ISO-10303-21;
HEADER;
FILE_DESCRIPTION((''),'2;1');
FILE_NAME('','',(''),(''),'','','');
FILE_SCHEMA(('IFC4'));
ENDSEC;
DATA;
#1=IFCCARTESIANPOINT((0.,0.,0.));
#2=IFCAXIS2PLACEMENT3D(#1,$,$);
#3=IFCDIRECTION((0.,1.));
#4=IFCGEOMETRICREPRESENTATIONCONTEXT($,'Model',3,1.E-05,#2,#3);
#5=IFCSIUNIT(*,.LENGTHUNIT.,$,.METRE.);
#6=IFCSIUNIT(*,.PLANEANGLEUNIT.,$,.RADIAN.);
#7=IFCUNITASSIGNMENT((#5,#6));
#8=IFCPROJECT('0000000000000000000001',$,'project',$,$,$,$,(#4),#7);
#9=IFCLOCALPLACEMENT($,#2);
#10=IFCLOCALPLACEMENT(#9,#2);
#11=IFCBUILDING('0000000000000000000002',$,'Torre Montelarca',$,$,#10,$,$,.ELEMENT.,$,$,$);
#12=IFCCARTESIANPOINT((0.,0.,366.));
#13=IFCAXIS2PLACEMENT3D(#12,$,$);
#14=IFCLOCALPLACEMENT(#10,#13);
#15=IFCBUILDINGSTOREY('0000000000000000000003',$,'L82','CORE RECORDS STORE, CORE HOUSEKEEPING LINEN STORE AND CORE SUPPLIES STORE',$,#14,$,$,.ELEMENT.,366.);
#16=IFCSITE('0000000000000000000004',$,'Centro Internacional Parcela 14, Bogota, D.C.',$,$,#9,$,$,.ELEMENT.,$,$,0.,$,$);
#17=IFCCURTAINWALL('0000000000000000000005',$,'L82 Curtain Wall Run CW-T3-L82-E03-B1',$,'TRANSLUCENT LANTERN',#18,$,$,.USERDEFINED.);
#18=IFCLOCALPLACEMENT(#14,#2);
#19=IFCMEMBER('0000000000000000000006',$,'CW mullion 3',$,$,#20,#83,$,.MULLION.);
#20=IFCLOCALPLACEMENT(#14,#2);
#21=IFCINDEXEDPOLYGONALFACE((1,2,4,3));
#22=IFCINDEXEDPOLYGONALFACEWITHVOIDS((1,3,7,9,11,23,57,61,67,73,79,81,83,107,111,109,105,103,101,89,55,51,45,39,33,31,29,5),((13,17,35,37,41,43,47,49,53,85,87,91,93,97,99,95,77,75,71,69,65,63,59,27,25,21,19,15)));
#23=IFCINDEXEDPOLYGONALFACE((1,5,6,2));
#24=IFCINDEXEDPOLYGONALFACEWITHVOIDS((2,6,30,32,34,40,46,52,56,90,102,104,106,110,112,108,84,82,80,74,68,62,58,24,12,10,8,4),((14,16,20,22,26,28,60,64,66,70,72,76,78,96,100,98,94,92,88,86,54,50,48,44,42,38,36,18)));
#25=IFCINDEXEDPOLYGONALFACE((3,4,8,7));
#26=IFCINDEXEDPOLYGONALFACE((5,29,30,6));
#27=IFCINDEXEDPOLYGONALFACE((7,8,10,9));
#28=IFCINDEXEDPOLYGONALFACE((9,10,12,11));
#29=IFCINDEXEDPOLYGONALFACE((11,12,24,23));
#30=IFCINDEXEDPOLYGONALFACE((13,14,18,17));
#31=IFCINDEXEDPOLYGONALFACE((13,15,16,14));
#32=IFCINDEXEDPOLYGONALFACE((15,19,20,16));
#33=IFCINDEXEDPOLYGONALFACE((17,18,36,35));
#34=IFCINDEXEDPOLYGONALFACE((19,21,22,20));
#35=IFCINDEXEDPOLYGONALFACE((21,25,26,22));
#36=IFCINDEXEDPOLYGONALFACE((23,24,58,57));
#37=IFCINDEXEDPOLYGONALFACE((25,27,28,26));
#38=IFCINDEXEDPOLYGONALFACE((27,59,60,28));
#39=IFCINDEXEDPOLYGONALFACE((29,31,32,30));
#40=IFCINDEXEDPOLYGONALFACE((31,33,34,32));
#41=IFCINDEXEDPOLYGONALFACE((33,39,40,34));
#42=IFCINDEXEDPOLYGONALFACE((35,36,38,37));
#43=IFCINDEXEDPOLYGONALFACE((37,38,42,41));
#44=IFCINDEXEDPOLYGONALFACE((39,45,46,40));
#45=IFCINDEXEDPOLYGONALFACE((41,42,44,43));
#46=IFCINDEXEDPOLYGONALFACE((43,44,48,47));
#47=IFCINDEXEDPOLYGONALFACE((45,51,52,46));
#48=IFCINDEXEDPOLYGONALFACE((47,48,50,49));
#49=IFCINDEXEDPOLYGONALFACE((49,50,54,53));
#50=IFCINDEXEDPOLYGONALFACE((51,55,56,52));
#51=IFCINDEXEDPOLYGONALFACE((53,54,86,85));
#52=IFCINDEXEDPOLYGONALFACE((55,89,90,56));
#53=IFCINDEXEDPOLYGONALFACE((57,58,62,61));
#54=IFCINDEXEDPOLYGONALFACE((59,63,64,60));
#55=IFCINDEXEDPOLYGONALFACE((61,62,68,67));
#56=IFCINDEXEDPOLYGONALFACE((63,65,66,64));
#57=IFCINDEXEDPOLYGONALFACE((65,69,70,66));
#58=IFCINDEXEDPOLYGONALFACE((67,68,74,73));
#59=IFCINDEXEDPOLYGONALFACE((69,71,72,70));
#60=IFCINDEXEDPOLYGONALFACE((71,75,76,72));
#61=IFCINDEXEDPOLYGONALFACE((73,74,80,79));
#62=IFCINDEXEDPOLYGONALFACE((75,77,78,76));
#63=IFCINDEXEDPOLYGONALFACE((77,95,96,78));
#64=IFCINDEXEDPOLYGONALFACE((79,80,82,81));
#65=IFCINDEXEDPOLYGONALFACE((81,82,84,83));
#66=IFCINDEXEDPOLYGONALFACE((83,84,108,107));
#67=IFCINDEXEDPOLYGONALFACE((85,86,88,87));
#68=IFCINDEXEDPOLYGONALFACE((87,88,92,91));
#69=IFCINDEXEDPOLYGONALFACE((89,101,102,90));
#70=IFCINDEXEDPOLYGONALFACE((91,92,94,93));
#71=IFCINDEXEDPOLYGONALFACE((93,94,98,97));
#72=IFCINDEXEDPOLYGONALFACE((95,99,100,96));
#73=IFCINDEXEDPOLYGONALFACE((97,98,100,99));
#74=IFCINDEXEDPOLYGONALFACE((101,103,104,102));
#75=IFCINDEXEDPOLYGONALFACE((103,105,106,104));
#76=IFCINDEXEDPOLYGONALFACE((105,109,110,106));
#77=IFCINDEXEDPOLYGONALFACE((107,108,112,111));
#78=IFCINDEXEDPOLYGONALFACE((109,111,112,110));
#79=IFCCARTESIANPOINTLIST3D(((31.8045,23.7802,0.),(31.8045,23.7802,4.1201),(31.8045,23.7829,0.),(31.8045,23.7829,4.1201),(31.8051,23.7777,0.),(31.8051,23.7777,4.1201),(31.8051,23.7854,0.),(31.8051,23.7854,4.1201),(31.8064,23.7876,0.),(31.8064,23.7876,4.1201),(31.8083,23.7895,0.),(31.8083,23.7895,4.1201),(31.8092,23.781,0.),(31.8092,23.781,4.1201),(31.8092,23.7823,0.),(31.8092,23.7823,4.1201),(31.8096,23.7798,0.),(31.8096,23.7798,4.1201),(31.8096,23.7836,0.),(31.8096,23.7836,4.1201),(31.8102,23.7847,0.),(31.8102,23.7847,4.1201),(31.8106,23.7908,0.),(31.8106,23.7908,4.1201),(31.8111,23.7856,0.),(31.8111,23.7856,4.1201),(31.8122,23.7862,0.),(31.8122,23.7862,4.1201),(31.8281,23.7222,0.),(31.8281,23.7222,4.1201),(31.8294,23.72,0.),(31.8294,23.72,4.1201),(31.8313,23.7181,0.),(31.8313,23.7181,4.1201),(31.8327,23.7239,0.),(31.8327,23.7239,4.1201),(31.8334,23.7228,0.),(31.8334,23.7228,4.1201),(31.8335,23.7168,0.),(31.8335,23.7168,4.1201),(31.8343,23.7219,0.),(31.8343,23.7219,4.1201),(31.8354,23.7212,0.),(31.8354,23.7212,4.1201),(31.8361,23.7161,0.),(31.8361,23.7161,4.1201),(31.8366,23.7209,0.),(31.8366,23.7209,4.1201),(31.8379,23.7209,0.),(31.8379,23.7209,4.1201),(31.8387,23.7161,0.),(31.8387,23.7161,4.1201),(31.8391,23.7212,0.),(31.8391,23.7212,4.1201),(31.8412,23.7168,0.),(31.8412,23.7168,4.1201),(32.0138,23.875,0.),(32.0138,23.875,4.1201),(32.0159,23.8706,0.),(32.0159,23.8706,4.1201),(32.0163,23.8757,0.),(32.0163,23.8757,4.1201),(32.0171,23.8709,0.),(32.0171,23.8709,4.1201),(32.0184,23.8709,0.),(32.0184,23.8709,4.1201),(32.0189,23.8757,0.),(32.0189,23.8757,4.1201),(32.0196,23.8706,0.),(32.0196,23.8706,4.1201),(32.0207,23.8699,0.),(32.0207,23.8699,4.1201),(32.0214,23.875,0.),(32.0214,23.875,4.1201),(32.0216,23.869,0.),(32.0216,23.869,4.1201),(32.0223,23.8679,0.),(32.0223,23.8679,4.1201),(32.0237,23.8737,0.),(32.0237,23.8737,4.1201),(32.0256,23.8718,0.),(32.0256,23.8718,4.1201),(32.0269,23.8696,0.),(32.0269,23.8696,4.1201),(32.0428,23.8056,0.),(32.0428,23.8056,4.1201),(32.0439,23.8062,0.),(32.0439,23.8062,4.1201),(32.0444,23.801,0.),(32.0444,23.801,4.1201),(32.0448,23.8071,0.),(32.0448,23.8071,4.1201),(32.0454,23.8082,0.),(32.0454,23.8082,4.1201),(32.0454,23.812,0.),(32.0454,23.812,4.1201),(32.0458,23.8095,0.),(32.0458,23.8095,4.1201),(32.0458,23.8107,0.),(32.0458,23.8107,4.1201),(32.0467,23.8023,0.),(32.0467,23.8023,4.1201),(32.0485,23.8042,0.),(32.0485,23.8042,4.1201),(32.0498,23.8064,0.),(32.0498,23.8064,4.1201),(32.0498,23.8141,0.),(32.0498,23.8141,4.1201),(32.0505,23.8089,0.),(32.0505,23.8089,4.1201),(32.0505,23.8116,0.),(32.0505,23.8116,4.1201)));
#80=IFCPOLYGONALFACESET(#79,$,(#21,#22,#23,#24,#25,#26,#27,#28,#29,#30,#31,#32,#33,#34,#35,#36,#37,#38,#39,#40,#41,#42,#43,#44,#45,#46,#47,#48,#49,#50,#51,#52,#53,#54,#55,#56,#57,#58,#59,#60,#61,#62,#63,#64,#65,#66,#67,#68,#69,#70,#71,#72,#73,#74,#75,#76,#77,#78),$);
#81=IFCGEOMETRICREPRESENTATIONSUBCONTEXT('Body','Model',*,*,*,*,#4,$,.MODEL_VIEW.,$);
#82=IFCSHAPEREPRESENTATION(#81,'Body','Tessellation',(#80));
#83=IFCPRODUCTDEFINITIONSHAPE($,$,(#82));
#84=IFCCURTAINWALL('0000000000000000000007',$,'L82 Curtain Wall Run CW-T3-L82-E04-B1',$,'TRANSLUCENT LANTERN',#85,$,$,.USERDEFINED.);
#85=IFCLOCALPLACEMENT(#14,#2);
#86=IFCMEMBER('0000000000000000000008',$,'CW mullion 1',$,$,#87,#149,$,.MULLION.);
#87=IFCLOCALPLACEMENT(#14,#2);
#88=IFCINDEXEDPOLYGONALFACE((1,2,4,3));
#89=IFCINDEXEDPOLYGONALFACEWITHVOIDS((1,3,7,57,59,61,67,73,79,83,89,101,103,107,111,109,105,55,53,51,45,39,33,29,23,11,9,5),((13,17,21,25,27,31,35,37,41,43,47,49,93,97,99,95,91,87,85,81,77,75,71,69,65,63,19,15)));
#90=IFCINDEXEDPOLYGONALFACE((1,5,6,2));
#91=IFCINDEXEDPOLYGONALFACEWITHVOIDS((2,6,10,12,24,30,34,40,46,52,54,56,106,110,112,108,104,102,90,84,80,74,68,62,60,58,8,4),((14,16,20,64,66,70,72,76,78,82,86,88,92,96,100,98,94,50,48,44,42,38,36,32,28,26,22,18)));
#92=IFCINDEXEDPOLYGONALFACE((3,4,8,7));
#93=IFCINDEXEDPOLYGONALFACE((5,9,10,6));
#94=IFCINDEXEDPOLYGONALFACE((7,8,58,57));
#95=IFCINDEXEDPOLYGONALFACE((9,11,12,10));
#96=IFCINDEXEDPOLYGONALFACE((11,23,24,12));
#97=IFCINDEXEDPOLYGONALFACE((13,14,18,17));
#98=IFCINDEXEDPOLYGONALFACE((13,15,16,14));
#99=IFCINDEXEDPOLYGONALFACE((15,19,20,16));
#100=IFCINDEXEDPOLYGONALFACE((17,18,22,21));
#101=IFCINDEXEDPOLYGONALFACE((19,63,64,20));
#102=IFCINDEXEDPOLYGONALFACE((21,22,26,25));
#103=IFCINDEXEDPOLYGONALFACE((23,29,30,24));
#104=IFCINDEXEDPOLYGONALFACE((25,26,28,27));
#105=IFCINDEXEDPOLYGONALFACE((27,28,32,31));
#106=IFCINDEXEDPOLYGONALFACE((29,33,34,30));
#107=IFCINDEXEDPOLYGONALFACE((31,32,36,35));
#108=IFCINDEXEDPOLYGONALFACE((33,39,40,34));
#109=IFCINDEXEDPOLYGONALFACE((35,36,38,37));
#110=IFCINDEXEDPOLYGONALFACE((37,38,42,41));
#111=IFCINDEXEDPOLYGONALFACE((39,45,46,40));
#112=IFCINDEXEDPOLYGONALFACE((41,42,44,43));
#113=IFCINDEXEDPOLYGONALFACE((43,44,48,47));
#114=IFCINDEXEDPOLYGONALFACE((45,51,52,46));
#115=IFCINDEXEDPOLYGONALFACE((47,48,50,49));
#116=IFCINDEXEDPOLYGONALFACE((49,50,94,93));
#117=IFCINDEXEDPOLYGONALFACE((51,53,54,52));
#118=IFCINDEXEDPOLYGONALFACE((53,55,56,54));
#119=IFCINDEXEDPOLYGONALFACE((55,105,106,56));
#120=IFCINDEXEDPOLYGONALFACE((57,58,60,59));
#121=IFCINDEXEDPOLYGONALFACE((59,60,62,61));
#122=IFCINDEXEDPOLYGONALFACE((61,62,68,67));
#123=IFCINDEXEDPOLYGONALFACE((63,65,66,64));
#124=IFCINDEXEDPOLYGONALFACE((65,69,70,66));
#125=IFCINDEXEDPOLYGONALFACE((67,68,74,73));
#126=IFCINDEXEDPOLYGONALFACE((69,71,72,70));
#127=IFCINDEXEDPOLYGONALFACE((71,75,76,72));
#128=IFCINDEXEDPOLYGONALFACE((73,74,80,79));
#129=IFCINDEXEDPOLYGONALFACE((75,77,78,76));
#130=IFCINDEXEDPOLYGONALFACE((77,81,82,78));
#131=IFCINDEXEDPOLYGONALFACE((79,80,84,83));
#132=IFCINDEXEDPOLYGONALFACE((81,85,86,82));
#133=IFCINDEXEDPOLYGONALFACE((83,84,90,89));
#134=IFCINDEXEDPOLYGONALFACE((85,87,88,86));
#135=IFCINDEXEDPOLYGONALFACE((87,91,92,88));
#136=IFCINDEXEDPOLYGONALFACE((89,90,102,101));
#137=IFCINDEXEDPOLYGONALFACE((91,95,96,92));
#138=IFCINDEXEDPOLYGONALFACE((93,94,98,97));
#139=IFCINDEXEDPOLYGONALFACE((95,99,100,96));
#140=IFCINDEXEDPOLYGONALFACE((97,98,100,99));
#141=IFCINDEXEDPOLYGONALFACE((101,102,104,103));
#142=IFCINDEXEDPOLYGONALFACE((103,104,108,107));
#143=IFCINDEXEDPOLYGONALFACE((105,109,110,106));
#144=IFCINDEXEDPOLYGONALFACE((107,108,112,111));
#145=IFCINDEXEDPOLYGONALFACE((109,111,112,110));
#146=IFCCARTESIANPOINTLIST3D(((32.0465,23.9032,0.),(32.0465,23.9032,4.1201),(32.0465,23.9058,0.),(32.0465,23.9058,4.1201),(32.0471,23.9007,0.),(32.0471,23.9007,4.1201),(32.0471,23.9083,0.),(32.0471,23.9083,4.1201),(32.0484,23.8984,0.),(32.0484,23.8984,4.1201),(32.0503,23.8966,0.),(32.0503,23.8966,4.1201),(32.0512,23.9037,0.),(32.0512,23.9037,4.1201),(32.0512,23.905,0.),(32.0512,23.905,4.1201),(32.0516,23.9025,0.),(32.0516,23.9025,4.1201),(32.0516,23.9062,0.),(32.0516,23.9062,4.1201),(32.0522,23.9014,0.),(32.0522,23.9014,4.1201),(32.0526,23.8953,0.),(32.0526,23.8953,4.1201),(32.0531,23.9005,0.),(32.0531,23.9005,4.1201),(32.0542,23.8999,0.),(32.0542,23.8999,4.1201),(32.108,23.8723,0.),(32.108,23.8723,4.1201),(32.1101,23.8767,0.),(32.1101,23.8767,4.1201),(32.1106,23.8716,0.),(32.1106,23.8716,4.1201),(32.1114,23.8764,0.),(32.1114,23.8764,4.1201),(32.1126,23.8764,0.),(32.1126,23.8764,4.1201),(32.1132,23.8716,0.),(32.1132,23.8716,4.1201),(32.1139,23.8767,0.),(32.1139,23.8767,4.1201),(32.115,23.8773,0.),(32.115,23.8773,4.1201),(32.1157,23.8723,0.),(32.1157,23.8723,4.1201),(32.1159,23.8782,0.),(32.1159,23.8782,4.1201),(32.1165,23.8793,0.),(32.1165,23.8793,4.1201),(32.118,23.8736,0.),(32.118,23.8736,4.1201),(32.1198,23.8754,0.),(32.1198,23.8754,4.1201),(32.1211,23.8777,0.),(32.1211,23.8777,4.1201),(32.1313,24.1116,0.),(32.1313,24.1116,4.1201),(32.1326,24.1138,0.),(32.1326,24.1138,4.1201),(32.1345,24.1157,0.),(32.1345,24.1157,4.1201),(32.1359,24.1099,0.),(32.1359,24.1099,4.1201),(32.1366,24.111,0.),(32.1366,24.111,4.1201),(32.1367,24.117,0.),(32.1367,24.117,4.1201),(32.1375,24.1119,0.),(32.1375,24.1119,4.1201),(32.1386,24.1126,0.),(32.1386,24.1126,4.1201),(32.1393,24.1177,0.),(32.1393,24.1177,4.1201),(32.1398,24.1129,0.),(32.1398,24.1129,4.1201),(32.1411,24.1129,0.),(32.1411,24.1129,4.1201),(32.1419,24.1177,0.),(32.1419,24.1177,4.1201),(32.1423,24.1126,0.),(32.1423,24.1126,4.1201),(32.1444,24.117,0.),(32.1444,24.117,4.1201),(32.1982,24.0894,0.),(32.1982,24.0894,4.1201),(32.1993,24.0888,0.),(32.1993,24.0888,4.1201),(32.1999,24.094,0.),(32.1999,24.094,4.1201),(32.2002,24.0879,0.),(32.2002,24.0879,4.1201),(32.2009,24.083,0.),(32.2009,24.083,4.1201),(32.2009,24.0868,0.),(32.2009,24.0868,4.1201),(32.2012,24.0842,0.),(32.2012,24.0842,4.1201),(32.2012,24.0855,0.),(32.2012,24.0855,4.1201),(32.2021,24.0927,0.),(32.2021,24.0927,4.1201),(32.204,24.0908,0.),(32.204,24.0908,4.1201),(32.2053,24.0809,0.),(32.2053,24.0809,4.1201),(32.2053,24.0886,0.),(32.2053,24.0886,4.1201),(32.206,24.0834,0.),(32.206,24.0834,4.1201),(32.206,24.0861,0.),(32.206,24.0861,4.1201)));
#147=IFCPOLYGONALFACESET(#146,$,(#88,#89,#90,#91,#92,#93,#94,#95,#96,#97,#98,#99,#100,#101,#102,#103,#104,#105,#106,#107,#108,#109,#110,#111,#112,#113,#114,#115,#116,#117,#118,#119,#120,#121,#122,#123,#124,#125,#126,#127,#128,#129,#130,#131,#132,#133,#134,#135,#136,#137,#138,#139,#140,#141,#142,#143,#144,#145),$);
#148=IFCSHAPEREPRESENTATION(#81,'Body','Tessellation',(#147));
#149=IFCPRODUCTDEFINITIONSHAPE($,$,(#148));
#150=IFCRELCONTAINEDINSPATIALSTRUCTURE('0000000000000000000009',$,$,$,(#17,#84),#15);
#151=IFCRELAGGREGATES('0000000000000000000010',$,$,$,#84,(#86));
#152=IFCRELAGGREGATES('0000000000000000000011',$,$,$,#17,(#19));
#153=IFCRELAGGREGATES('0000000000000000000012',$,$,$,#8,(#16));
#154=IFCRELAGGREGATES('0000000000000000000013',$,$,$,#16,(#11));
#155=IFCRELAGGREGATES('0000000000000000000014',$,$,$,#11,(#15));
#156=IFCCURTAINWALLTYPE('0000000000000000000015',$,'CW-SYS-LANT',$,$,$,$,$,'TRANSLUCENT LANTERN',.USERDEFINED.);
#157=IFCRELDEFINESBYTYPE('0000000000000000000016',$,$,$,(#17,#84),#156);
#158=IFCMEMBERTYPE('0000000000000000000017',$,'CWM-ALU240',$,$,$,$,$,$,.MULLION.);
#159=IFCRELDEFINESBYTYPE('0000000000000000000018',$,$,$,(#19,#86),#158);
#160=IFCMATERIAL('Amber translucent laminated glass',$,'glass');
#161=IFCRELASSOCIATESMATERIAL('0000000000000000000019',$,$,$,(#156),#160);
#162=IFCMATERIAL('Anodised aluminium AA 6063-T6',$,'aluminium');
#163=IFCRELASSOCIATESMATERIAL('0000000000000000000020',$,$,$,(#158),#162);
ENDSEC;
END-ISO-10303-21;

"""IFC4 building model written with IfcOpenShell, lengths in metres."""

from ifc_helpers import new_model, si_unit, direction, frame, origin, origin_2d, place, context, subcontext, project, spatial, hollow_rectangle, extrude, source, transform, mapped, material, material_profile, profile_set, type_object, element, aggregate, save


model = new_model("IFC4")

# Units and contexts
model_context = context("Model", 3, precision=1e-05, world=origin(), true_north=direction((0.0, 1.0)))
body_context = subcontext(model_context, "Body", "Model", "MODEL_VIEW")
ifc_project = project(units=[si_unit("LENGTHUNIT", "METRE"), si_unit("PLANEANGLEUNIT", "RADIAN")], contexts=[model_context])

# Site, building, storey
site_placement = place(None, origin())
site = spatial("IfcSite", under=ifc_project, at=site_placement, Name="Centro Internacional Parcela 14, Bogota, D.C.", CompositionType="ELEMENT", RefElevation=0.0)
building_placement = place(site_placement, origin())
building = spatial("IfcBuilding", under=site, at=building_placement, Name="Torre Montelarca", CompositionType="ELEMENT")
storey_placement = place(building_placement, frame((0.0, 0.0, 366.0)))
storey = spatial("IfcBuildingStorey", under=building, at=storey_placement, Name="L82", Description="CORE RECORDS STORE, CORE HOUSEKEEPING LINEN STORE AND CORE SUPPLIES STORE", CompositionType="ELEMENT", Elevation=366.0)

# Curtain walls, members
ifc_material_1 = material(Name="Amber translucent laminated glass", Category="glass")
curtain_wall_type = type_object("IfcCurtainWallType", Name="CW-SYS-LANT", ElementType="TRANSLUCENT LANTERN", PredefinedType="USERDEFINED", material=ifc_material_1)
curtain_wall_1_placement = place(storey_placement, origin())
curtain_wall_1 = element("IfcCurtainWall", 1, at=curtain_wall_1_placement, inside=storey, type_object=curtain_wall_type, Name="L82 Curtain Wall Run CW-T3-L82-E03-B1", ObjectType="TRANSLUCENT LANTERN", PredefinedType="USERDEFINED")
ifc_material_2 = material(Name="Anodised aluminium AA 6063-T6", Category="aluminium")
ifc_material_profile_1 = material_profile(ifc_material_2, hollow_rectangle(XDim=0.0801, YDim=0.24, WallThickness=0.0049, InnerFilletRadius=0.0049, OuterFilletRadius=0.01, at=origin_2d()), Name="ALU80X240X5", Category="aluminium")
ifc_profile_set_1 = profile_set([ifc_material_profile_1], Name="Anodised aluminium AA 6063-T6")
member_type_1 = type_object("IfcMemberType", Name="CWM-ALU240", PredefinedType="MULLION", material=ifc_profile_set_1)
shared_shape_1 = source(origin(), body_context, "Body", "SweptSolid", [
    extrude(hollow_rectangle(XDim=0.0801, YDim=0.24, WallThickness=0.0049, InnerFilletRadius=0.0049, OuterFilletRadius=0.01, at=origin_2d()), origin(), (0.0, 0.0, 1.0), 4.1201),
])
member_1_placement = place(storey_placement, frame((31.9275, 23.7959, 0.0), z_axis=(0.0, 0.0, 1.0), x_axis=(-0.382683, 0.92388, 0.0)))
member_1 = element("IfcMember", 2, at=member_1_placement, type_object=member_type_1, Name="CW mullion 3", PredefinedType="MULLION", context=body_context, shape_type="MappedRepresentation", body=[
    mapped(shared_shape_1, transform((0.0, 0.0, 0.0), scale=1.0)),
])
curtain_wall_2_placement = place(storey_placement, origin())
curtain_wall_2 = element("IfcCurtainWall", 3, at=curtain_wall_2_placement, inside=storey, type_object=curtain_wall_type, Name="L82 Curtain Wall Run CW-T3-L82-E04-B1", ObjectType="TRANSLUCENT LANTERN", PredefinedType="USERDEFINED")
member_2_placement = place(storey_placement, frame((32.1262, 23.9946, 0.0), z_axis=(0.0, 0.0, 1.0), x_axis=(-0.923883, 0.382676, 0.0)))
member_2 = element("IfcMember", 4, at=member_2_placement, type_object=member_type_1, Name="CW mullion 1", PredefinedType="MULLION", context=body_context, shape_type="MappedRepresentation", body=[
    mapped(shared_shape_1, transform((0.0, 0.0, 0.0), scale=1.0)),
])

aggregate(curtain_wall_2, [member_2])
aggregate(curtain_wall_1, [member_1])

save(model, "model.ifc")
